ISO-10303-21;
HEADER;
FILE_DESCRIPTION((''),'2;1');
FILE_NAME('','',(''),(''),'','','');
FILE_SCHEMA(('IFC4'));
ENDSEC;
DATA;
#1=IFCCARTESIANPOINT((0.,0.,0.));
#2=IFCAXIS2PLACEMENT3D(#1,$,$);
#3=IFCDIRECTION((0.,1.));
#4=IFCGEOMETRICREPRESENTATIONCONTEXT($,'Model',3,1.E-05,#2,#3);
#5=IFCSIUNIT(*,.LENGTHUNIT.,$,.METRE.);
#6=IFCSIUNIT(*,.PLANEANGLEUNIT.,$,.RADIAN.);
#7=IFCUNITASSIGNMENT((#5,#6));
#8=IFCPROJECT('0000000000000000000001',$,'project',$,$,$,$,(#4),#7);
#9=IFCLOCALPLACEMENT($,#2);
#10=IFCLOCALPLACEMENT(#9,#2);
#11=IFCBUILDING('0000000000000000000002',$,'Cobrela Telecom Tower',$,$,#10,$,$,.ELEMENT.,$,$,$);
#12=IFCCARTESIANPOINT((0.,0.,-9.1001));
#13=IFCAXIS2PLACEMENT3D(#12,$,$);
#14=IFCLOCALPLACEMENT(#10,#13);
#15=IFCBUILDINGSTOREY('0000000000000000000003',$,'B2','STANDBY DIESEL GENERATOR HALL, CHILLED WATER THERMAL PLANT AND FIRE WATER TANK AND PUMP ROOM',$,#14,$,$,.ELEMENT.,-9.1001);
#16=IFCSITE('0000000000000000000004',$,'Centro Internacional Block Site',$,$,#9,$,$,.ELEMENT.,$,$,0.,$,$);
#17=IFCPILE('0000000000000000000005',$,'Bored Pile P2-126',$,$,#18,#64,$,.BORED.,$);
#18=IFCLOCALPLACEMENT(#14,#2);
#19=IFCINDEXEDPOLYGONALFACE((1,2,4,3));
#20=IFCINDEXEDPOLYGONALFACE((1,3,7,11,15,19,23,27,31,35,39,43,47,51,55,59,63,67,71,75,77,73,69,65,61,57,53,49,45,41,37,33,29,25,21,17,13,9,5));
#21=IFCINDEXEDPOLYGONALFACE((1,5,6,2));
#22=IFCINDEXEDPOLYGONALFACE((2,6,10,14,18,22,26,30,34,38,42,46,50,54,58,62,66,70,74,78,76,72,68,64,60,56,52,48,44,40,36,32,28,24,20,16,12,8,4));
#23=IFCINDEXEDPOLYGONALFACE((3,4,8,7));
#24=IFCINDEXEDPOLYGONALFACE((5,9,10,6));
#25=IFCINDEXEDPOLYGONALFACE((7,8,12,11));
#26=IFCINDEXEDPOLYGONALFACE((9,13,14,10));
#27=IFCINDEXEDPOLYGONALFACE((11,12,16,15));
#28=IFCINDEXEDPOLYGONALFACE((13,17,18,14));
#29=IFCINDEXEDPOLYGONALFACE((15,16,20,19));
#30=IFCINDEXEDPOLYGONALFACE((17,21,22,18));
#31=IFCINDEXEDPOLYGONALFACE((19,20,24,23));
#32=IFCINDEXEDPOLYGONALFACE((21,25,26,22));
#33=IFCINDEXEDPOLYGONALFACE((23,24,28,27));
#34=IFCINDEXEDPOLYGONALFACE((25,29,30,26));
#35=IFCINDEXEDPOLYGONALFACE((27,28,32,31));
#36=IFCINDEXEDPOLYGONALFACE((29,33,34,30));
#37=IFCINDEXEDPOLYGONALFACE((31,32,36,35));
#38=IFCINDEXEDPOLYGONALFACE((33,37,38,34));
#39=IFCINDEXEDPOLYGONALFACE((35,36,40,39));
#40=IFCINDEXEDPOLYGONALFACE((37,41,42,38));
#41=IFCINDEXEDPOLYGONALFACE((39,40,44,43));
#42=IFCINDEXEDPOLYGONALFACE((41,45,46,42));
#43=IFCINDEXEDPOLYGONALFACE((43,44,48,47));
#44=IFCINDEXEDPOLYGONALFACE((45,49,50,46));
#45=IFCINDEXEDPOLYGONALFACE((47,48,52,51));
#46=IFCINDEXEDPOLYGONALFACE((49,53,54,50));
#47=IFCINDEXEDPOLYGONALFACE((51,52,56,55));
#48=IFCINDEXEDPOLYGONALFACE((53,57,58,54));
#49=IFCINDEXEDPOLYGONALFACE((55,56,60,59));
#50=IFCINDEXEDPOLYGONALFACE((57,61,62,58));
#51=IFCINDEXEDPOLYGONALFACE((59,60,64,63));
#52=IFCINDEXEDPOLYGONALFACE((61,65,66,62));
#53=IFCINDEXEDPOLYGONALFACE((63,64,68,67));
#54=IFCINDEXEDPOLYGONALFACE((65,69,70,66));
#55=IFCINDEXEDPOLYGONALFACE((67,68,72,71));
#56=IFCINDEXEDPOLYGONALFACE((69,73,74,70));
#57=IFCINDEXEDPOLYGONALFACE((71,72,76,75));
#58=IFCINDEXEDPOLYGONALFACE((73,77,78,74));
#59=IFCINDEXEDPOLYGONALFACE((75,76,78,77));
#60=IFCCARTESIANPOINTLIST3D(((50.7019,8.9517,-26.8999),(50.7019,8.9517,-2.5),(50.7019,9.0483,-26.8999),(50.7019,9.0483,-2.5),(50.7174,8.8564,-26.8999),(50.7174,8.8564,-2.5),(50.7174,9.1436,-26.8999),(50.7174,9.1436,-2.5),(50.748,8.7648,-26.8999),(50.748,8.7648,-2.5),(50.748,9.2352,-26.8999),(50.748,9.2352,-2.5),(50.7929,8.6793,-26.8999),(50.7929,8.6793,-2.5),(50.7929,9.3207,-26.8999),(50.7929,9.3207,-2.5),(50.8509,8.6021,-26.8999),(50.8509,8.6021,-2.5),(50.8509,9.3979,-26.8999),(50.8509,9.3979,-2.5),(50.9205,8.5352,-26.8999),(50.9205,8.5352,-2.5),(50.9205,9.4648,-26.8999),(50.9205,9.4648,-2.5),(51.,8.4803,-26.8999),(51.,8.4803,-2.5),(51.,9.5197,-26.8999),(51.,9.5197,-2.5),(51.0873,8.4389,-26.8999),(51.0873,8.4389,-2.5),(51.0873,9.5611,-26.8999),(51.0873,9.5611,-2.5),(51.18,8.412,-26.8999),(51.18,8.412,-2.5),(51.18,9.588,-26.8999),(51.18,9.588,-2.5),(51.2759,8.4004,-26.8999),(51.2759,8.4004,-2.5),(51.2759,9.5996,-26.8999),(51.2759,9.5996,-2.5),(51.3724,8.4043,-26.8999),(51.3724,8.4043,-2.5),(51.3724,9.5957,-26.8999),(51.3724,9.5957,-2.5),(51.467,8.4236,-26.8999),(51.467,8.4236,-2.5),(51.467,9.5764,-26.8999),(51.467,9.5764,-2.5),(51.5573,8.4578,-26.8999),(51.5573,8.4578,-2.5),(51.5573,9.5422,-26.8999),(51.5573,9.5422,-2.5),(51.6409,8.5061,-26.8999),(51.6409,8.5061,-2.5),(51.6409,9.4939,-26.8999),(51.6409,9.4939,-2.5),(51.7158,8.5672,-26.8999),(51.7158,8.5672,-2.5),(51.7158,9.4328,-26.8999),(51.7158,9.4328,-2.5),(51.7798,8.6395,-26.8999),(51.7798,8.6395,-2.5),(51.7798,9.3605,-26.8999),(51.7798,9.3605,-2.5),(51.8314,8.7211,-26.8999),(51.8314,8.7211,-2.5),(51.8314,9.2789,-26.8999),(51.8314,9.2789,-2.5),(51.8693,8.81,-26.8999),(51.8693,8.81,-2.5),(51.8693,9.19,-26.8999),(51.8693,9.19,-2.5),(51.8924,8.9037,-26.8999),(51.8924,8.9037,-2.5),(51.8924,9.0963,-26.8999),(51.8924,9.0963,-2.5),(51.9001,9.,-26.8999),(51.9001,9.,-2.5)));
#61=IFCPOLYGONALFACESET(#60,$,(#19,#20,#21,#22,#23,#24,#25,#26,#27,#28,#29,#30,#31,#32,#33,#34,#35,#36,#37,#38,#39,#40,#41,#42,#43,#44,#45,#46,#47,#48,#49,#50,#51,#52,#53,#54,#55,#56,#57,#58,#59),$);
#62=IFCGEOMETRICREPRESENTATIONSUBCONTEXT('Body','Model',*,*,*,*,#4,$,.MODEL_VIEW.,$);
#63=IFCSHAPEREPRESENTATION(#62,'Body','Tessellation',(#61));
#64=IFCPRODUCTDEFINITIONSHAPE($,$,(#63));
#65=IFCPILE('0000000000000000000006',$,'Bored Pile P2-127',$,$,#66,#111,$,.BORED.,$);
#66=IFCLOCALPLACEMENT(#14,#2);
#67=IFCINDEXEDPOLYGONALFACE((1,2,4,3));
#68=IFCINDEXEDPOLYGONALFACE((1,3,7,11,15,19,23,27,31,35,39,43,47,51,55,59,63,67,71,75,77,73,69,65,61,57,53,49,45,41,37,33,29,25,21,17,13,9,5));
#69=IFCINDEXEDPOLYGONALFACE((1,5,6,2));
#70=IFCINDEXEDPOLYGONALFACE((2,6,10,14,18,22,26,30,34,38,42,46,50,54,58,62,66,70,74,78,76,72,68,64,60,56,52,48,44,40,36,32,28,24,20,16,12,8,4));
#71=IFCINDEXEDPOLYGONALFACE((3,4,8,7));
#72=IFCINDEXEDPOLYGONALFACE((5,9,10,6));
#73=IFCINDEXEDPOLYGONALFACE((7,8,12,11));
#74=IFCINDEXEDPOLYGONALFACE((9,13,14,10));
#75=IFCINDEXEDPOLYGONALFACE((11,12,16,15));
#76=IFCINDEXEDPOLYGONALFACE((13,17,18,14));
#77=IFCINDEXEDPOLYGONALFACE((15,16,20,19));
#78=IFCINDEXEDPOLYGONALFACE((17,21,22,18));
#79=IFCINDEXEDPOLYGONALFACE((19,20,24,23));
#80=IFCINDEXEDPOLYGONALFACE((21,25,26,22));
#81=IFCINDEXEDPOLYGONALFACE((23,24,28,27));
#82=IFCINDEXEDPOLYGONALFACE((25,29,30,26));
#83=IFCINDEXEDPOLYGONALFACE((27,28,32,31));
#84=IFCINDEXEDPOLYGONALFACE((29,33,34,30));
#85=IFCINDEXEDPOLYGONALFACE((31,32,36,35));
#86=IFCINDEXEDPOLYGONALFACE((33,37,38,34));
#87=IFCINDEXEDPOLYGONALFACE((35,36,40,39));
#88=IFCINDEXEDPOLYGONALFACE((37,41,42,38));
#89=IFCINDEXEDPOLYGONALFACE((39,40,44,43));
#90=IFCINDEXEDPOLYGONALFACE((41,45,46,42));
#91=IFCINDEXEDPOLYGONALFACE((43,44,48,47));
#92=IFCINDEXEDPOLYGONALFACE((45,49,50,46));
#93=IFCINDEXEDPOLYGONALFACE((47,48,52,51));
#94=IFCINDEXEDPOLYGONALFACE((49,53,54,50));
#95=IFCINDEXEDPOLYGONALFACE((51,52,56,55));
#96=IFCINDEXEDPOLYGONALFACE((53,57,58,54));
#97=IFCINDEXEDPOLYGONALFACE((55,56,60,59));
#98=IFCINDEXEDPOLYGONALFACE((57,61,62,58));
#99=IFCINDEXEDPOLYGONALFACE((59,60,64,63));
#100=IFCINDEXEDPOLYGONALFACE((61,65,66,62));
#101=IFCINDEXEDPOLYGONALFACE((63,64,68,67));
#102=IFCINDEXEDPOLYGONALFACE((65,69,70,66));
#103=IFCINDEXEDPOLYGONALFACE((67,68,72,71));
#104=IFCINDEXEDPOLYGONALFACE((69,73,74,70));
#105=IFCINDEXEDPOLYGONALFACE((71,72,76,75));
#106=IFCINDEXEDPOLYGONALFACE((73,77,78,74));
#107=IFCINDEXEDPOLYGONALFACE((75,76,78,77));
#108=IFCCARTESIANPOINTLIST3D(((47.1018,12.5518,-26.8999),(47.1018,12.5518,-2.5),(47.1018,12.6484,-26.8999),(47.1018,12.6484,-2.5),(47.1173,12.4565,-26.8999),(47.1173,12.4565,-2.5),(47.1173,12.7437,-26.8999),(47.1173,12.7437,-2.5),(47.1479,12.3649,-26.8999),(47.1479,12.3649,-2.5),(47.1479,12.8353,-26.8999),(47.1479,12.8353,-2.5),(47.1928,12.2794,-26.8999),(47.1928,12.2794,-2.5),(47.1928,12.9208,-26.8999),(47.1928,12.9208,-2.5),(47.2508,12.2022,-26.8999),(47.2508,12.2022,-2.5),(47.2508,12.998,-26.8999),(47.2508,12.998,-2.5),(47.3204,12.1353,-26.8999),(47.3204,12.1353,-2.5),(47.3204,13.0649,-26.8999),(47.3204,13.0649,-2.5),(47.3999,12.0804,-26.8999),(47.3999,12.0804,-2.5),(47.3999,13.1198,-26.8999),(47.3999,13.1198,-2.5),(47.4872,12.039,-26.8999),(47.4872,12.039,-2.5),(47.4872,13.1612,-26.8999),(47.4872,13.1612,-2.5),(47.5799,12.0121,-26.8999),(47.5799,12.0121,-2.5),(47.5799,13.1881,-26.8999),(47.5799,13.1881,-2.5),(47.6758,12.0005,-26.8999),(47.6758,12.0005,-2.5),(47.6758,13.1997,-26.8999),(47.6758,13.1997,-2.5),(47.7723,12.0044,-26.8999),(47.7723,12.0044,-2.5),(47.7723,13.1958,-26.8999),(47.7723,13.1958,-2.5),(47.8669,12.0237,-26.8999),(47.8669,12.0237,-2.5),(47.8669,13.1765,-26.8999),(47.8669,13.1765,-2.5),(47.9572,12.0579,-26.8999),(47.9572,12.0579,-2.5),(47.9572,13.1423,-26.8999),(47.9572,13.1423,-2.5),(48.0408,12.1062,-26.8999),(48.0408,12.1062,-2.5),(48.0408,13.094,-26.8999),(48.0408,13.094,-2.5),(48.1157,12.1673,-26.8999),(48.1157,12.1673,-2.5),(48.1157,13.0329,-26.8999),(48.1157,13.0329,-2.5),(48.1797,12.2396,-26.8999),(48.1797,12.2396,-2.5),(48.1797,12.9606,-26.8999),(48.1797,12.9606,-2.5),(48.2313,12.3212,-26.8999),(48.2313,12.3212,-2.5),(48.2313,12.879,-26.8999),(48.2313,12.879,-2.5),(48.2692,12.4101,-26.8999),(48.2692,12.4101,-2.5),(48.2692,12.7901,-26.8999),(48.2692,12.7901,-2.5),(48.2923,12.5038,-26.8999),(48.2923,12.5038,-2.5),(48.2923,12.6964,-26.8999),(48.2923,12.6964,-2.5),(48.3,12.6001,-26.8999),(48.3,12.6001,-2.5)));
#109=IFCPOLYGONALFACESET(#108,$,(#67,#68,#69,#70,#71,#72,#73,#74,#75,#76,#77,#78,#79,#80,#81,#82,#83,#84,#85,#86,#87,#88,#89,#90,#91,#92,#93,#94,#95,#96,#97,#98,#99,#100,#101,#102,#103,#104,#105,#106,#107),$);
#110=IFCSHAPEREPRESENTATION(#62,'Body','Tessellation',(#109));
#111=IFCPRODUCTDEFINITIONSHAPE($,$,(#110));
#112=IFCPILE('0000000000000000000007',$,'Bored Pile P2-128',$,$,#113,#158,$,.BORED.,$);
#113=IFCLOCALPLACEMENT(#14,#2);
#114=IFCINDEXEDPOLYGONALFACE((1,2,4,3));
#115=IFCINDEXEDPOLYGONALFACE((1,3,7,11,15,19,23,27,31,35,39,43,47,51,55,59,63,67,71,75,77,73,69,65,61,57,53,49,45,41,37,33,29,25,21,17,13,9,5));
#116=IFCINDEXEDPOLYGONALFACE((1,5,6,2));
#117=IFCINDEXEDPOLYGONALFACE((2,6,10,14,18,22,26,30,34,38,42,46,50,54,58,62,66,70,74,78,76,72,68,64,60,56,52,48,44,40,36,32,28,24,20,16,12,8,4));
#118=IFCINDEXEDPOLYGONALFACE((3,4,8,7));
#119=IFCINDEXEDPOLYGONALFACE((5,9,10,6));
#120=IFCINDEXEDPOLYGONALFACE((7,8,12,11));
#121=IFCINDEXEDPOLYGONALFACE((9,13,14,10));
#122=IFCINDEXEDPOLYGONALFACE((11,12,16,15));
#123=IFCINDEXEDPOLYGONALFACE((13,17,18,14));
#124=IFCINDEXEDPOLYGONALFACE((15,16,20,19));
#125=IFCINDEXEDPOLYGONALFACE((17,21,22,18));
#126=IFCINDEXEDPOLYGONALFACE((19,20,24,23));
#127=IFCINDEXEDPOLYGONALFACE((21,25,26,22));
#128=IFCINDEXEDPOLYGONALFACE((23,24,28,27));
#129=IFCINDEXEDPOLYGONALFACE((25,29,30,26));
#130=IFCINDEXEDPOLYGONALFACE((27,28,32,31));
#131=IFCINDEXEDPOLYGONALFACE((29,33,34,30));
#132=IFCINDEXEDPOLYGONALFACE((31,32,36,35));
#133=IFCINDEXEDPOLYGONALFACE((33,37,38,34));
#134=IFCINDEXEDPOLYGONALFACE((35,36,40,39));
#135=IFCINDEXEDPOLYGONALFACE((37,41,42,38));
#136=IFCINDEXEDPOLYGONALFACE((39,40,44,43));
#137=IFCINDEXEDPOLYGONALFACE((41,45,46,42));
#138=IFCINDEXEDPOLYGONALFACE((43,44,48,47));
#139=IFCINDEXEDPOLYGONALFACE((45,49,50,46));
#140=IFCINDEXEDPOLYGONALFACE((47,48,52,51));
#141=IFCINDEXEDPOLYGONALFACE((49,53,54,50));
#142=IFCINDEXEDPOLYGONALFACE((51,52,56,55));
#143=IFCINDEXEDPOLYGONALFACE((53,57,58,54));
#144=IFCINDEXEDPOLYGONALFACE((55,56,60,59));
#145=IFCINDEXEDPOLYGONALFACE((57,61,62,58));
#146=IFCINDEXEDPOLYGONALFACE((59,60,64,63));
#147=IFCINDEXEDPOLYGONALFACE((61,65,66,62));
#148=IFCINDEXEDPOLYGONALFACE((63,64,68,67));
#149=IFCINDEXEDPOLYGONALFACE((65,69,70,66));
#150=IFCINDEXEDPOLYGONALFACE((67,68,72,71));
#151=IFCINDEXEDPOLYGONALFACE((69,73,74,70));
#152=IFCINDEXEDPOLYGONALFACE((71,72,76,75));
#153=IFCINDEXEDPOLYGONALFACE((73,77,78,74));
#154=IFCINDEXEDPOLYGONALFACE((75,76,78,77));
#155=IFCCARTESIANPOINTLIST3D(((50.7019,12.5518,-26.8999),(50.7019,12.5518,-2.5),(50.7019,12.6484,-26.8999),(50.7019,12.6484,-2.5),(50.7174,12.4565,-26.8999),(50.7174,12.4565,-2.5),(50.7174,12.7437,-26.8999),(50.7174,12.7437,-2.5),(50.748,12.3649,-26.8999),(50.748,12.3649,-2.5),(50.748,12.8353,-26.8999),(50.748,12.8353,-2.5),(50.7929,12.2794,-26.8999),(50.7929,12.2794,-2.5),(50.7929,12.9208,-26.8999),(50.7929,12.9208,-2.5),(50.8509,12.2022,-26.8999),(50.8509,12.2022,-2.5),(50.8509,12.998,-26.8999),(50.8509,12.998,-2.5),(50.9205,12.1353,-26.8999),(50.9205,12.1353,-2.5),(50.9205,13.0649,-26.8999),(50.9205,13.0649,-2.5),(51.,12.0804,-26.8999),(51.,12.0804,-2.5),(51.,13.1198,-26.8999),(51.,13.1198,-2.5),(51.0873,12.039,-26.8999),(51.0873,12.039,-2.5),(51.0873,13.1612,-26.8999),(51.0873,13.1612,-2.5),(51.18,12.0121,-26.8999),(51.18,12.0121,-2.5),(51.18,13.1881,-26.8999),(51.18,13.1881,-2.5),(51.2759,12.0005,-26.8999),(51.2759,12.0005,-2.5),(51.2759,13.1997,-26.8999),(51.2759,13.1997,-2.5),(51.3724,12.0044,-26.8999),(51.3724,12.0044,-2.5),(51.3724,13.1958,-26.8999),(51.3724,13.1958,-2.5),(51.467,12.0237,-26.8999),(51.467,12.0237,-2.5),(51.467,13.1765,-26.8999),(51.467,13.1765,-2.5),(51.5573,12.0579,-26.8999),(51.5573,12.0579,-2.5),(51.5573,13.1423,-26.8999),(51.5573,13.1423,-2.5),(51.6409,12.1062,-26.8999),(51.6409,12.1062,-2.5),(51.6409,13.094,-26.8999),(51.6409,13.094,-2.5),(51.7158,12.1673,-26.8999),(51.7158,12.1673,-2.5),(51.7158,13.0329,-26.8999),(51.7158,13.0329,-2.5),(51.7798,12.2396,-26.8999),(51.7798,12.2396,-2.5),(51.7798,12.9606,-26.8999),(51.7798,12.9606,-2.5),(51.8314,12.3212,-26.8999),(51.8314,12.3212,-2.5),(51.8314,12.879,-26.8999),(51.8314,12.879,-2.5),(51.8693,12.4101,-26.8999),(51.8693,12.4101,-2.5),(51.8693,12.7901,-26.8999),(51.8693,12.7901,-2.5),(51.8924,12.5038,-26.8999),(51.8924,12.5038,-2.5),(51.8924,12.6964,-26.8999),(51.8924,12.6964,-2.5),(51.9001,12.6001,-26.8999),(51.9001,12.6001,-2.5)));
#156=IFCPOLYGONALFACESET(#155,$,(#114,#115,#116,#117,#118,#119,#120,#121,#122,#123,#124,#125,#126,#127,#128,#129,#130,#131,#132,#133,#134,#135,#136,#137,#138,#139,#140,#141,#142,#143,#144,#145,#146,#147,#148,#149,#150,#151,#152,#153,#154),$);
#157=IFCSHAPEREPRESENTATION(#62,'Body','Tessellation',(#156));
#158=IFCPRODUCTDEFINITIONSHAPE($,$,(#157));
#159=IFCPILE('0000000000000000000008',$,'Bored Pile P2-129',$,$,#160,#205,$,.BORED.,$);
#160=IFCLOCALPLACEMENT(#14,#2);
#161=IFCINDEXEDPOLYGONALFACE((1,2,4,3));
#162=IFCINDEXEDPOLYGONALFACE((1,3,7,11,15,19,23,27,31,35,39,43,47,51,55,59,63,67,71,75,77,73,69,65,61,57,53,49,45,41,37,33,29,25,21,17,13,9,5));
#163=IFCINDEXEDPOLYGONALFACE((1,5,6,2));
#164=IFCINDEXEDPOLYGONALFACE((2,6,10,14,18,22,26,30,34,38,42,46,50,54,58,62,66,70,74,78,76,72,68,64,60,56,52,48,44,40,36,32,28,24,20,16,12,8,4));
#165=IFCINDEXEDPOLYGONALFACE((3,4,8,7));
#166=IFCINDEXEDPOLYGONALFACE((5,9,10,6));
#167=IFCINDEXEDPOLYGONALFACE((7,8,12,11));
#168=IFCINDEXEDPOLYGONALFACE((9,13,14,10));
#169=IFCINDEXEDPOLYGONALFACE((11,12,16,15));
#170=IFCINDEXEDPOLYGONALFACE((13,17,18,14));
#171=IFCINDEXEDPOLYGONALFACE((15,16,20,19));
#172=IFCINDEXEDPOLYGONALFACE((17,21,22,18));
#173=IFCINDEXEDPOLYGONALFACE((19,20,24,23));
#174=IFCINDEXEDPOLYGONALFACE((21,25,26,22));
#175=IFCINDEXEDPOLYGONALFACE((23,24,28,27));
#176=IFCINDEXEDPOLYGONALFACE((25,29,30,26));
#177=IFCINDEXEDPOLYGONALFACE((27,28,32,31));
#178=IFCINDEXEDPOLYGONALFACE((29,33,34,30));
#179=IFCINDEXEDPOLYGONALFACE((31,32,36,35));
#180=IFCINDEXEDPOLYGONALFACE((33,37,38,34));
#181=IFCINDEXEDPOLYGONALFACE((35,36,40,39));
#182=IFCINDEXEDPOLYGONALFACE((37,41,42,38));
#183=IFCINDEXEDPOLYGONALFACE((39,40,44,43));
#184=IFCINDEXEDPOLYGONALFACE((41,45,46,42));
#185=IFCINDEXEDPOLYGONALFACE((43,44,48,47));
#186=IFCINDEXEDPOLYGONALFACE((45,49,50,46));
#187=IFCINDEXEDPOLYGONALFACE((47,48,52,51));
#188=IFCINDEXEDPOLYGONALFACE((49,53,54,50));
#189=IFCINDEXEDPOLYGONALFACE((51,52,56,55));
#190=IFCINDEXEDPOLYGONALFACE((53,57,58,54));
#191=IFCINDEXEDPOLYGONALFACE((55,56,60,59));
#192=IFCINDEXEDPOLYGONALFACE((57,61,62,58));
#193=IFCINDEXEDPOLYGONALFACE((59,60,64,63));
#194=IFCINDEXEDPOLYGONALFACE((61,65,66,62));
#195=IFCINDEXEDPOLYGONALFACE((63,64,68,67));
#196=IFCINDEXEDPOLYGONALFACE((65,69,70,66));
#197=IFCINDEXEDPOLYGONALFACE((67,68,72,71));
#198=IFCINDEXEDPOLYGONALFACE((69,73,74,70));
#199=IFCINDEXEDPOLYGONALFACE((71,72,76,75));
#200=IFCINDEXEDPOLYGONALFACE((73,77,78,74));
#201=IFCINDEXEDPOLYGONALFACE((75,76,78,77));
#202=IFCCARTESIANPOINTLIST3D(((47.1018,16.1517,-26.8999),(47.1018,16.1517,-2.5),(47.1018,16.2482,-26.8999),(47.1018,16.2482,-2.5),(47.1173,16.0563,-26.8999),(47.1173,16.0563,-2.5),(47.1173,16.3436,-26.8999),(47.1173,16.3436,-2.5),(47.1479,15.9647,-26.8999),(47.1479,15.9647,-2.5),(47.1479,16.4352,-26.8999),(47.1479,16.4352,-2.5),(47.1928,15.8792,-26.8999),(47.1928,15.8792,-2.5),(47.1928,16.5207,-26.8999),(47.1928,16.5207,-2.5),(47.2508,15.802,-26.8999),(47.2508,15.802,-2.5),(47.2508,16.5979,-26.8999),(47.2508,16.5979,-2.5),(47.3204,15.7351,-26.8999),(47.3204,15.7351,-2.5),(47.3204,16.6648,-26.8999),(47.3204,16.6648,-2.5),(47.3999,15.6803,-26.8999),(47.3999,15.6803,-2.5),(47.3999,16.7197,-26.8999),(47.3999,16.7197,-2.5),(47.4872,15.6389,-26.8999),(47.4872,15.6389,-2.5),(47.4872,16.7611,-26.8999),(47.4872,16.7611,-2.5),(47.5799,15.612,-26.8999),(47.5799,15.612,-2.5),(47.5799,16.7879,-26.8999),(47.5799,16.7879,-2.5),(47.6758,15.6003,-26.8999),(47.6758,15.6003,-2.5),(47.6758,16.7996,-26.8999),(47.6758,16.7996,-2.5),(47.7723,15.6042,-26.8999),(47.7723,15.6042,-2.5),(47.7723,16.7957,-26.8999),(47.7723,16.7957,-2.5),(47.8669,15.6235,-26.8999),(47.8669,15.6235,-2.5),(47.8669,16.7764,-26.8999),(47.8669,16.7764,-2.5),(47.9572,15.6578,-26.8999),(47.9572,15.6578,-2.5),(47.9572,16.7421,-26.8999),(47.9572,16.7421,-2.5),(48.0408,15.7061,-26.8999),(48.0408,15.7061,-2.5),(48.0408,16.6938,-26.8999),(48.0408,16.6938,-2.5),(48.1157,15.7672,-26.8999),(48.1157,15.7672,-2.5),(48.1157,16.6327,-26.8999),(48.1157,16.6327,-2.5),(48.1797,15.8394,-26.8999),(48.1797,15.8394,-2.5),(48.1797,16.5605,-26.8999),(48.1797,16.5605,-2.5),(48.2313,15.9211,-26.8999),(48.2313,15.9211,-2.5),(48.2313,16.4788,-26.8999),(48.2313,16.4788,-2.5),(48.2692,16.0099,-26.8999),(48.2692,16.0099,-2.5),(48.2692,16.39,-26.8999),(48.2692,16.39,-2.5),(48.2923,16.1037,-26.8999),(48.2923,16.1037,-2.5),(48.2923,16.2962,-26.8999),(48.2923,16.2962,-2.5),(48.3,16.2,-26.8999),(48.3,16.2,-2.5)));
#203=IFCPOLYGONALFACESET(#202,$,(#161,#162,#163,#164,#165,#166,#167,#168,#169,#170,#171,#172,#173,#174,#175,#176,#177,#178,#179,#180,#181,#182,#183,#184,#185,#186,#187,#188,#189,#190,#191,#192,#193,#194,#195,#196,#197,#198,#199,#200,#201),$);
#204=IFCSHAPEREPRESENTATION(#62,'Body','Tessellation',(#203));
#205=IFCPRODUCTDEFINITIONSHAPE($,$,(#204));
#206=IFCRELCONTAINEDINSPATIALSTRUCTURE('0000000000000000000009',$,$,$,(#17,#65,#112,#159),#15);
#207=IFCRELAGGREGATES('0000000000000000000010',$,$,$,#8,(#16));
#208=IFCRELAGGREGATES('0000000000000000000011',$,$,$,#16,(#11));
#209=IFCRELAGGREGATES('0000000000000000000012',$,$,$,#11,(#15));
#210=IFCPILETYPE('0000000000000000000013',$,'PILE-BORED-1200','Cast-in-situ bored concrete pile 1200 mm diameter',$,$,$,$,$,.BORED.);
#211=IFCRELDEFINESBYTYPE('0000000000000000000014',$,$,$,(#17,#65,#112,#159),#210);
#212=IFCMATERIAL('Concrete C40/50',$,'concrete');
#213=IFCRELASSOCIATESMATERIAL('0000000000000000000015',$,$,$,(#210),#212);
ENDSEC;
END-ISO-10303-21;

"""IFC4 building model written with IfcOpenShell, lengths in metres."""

from ifc_helpers import new_model, si_unit, direction, frame, origin, origin_2d, place, context, subcontext, project, spatial, circle, extrude, material, material_profile, profile_set, type_object, element, save


model = new_model("IFC4")

# Units and contexts
model_context = context("Model", 3, precision=1e-05, world=origin(), true_north=direction((0.0, 1.0)))
body_context = subcontext(model_context, "Body", "Model", "MODEL_VIEW")
ifc_project = project(units=[si_unit("LENGTHUNIT", "METRE"), si_unit("PLANEANGLEUNIT", "RADIAN")], contexts=[model_context])

# Site, building, storey
site_placement = place(None, origin())
site = spatial("IfcSite", under=ifc_project, at=site_placement, Name="Centro Internacional Block Site", CompositionType="ELEMENT", RefElevation=0.0)
building_placement = place(site_placement, origin())
building = spatial("IfcBuilding", under=site, at=building_placement, Name="Cobrela Telecom Tower", CompositionType="ELEMENT")
storey_placement = place(building_placement, frame((0.0, 0.0, -9.1001)))
storey = spatial("IfcBuildingStorey", under=building, at=storey_placement, Name="B2", Description="STANDBY DIESEL GENERATOR HALL, CHILLED WATER THERMAL PLANT AND FIRE WATER TANK AND PUMP ROOM", CompositionType="ELEMENT", Elevation=-9.1001)

# Shared definitions
ifc_material_1 = material(Name="Concrete C40/50", Category="concrete")

# Piles
ifc_material_profile_1 = material_profile(ifc_material_1, circle(Radius=0.6001, at=origin_2d()), Name="BORED PILE D1200")
ifc_profile_set_1 = profile_set([ifc_material_profile_1], Name="Concrete C40/50")
pile_type = type_object("IfcPileType", Name="PILE-BORED-1200", Description="Cast-in-situ bored concrete pile 1200 mm diameter", PredefinedType="BORED", material=ifc_profile_set_1)
for number, where, z_axis, x_axis, name in (
    (1, (51.3, 9.0, -2.5), (0.0, 0.0, -1.0), (1.0, 0.0, 0.0), "Bored Pile P2-126"),
    (2, (47.7, 12.6001, -2.5), (0.0, 0.0, -1.0), (1.0, 0.0, 0.0), "Bored Pile P2-127"),
    (3, (51.3, 12.6001, -2.5), (0.0, 0.0, -1.0), (1.0, 0.0, 0.0), "Bored Pile P2-128"),
    (4, (47.7, 16.2, -2.5), (0.0, 0.0, -1.0), (1.0, 0.0, 0.0), "Bored Pile P2-129"),
):
    element("IfcPile", number, at=place(storey_placement, frame(where, z_axis=z_axis, x_axis=x_axis)), inside=storey, type_object=pile_type, Name=name, PredefinedType="BORED", context=body_context, shape_type="SweptSolid", body=[
        extrude(circle(Radius=0.6001, at=origin_2d()), origin(), (0.0, 0.0, 1.0), 24.3999),
    ])

save(model, "model.ifc")
